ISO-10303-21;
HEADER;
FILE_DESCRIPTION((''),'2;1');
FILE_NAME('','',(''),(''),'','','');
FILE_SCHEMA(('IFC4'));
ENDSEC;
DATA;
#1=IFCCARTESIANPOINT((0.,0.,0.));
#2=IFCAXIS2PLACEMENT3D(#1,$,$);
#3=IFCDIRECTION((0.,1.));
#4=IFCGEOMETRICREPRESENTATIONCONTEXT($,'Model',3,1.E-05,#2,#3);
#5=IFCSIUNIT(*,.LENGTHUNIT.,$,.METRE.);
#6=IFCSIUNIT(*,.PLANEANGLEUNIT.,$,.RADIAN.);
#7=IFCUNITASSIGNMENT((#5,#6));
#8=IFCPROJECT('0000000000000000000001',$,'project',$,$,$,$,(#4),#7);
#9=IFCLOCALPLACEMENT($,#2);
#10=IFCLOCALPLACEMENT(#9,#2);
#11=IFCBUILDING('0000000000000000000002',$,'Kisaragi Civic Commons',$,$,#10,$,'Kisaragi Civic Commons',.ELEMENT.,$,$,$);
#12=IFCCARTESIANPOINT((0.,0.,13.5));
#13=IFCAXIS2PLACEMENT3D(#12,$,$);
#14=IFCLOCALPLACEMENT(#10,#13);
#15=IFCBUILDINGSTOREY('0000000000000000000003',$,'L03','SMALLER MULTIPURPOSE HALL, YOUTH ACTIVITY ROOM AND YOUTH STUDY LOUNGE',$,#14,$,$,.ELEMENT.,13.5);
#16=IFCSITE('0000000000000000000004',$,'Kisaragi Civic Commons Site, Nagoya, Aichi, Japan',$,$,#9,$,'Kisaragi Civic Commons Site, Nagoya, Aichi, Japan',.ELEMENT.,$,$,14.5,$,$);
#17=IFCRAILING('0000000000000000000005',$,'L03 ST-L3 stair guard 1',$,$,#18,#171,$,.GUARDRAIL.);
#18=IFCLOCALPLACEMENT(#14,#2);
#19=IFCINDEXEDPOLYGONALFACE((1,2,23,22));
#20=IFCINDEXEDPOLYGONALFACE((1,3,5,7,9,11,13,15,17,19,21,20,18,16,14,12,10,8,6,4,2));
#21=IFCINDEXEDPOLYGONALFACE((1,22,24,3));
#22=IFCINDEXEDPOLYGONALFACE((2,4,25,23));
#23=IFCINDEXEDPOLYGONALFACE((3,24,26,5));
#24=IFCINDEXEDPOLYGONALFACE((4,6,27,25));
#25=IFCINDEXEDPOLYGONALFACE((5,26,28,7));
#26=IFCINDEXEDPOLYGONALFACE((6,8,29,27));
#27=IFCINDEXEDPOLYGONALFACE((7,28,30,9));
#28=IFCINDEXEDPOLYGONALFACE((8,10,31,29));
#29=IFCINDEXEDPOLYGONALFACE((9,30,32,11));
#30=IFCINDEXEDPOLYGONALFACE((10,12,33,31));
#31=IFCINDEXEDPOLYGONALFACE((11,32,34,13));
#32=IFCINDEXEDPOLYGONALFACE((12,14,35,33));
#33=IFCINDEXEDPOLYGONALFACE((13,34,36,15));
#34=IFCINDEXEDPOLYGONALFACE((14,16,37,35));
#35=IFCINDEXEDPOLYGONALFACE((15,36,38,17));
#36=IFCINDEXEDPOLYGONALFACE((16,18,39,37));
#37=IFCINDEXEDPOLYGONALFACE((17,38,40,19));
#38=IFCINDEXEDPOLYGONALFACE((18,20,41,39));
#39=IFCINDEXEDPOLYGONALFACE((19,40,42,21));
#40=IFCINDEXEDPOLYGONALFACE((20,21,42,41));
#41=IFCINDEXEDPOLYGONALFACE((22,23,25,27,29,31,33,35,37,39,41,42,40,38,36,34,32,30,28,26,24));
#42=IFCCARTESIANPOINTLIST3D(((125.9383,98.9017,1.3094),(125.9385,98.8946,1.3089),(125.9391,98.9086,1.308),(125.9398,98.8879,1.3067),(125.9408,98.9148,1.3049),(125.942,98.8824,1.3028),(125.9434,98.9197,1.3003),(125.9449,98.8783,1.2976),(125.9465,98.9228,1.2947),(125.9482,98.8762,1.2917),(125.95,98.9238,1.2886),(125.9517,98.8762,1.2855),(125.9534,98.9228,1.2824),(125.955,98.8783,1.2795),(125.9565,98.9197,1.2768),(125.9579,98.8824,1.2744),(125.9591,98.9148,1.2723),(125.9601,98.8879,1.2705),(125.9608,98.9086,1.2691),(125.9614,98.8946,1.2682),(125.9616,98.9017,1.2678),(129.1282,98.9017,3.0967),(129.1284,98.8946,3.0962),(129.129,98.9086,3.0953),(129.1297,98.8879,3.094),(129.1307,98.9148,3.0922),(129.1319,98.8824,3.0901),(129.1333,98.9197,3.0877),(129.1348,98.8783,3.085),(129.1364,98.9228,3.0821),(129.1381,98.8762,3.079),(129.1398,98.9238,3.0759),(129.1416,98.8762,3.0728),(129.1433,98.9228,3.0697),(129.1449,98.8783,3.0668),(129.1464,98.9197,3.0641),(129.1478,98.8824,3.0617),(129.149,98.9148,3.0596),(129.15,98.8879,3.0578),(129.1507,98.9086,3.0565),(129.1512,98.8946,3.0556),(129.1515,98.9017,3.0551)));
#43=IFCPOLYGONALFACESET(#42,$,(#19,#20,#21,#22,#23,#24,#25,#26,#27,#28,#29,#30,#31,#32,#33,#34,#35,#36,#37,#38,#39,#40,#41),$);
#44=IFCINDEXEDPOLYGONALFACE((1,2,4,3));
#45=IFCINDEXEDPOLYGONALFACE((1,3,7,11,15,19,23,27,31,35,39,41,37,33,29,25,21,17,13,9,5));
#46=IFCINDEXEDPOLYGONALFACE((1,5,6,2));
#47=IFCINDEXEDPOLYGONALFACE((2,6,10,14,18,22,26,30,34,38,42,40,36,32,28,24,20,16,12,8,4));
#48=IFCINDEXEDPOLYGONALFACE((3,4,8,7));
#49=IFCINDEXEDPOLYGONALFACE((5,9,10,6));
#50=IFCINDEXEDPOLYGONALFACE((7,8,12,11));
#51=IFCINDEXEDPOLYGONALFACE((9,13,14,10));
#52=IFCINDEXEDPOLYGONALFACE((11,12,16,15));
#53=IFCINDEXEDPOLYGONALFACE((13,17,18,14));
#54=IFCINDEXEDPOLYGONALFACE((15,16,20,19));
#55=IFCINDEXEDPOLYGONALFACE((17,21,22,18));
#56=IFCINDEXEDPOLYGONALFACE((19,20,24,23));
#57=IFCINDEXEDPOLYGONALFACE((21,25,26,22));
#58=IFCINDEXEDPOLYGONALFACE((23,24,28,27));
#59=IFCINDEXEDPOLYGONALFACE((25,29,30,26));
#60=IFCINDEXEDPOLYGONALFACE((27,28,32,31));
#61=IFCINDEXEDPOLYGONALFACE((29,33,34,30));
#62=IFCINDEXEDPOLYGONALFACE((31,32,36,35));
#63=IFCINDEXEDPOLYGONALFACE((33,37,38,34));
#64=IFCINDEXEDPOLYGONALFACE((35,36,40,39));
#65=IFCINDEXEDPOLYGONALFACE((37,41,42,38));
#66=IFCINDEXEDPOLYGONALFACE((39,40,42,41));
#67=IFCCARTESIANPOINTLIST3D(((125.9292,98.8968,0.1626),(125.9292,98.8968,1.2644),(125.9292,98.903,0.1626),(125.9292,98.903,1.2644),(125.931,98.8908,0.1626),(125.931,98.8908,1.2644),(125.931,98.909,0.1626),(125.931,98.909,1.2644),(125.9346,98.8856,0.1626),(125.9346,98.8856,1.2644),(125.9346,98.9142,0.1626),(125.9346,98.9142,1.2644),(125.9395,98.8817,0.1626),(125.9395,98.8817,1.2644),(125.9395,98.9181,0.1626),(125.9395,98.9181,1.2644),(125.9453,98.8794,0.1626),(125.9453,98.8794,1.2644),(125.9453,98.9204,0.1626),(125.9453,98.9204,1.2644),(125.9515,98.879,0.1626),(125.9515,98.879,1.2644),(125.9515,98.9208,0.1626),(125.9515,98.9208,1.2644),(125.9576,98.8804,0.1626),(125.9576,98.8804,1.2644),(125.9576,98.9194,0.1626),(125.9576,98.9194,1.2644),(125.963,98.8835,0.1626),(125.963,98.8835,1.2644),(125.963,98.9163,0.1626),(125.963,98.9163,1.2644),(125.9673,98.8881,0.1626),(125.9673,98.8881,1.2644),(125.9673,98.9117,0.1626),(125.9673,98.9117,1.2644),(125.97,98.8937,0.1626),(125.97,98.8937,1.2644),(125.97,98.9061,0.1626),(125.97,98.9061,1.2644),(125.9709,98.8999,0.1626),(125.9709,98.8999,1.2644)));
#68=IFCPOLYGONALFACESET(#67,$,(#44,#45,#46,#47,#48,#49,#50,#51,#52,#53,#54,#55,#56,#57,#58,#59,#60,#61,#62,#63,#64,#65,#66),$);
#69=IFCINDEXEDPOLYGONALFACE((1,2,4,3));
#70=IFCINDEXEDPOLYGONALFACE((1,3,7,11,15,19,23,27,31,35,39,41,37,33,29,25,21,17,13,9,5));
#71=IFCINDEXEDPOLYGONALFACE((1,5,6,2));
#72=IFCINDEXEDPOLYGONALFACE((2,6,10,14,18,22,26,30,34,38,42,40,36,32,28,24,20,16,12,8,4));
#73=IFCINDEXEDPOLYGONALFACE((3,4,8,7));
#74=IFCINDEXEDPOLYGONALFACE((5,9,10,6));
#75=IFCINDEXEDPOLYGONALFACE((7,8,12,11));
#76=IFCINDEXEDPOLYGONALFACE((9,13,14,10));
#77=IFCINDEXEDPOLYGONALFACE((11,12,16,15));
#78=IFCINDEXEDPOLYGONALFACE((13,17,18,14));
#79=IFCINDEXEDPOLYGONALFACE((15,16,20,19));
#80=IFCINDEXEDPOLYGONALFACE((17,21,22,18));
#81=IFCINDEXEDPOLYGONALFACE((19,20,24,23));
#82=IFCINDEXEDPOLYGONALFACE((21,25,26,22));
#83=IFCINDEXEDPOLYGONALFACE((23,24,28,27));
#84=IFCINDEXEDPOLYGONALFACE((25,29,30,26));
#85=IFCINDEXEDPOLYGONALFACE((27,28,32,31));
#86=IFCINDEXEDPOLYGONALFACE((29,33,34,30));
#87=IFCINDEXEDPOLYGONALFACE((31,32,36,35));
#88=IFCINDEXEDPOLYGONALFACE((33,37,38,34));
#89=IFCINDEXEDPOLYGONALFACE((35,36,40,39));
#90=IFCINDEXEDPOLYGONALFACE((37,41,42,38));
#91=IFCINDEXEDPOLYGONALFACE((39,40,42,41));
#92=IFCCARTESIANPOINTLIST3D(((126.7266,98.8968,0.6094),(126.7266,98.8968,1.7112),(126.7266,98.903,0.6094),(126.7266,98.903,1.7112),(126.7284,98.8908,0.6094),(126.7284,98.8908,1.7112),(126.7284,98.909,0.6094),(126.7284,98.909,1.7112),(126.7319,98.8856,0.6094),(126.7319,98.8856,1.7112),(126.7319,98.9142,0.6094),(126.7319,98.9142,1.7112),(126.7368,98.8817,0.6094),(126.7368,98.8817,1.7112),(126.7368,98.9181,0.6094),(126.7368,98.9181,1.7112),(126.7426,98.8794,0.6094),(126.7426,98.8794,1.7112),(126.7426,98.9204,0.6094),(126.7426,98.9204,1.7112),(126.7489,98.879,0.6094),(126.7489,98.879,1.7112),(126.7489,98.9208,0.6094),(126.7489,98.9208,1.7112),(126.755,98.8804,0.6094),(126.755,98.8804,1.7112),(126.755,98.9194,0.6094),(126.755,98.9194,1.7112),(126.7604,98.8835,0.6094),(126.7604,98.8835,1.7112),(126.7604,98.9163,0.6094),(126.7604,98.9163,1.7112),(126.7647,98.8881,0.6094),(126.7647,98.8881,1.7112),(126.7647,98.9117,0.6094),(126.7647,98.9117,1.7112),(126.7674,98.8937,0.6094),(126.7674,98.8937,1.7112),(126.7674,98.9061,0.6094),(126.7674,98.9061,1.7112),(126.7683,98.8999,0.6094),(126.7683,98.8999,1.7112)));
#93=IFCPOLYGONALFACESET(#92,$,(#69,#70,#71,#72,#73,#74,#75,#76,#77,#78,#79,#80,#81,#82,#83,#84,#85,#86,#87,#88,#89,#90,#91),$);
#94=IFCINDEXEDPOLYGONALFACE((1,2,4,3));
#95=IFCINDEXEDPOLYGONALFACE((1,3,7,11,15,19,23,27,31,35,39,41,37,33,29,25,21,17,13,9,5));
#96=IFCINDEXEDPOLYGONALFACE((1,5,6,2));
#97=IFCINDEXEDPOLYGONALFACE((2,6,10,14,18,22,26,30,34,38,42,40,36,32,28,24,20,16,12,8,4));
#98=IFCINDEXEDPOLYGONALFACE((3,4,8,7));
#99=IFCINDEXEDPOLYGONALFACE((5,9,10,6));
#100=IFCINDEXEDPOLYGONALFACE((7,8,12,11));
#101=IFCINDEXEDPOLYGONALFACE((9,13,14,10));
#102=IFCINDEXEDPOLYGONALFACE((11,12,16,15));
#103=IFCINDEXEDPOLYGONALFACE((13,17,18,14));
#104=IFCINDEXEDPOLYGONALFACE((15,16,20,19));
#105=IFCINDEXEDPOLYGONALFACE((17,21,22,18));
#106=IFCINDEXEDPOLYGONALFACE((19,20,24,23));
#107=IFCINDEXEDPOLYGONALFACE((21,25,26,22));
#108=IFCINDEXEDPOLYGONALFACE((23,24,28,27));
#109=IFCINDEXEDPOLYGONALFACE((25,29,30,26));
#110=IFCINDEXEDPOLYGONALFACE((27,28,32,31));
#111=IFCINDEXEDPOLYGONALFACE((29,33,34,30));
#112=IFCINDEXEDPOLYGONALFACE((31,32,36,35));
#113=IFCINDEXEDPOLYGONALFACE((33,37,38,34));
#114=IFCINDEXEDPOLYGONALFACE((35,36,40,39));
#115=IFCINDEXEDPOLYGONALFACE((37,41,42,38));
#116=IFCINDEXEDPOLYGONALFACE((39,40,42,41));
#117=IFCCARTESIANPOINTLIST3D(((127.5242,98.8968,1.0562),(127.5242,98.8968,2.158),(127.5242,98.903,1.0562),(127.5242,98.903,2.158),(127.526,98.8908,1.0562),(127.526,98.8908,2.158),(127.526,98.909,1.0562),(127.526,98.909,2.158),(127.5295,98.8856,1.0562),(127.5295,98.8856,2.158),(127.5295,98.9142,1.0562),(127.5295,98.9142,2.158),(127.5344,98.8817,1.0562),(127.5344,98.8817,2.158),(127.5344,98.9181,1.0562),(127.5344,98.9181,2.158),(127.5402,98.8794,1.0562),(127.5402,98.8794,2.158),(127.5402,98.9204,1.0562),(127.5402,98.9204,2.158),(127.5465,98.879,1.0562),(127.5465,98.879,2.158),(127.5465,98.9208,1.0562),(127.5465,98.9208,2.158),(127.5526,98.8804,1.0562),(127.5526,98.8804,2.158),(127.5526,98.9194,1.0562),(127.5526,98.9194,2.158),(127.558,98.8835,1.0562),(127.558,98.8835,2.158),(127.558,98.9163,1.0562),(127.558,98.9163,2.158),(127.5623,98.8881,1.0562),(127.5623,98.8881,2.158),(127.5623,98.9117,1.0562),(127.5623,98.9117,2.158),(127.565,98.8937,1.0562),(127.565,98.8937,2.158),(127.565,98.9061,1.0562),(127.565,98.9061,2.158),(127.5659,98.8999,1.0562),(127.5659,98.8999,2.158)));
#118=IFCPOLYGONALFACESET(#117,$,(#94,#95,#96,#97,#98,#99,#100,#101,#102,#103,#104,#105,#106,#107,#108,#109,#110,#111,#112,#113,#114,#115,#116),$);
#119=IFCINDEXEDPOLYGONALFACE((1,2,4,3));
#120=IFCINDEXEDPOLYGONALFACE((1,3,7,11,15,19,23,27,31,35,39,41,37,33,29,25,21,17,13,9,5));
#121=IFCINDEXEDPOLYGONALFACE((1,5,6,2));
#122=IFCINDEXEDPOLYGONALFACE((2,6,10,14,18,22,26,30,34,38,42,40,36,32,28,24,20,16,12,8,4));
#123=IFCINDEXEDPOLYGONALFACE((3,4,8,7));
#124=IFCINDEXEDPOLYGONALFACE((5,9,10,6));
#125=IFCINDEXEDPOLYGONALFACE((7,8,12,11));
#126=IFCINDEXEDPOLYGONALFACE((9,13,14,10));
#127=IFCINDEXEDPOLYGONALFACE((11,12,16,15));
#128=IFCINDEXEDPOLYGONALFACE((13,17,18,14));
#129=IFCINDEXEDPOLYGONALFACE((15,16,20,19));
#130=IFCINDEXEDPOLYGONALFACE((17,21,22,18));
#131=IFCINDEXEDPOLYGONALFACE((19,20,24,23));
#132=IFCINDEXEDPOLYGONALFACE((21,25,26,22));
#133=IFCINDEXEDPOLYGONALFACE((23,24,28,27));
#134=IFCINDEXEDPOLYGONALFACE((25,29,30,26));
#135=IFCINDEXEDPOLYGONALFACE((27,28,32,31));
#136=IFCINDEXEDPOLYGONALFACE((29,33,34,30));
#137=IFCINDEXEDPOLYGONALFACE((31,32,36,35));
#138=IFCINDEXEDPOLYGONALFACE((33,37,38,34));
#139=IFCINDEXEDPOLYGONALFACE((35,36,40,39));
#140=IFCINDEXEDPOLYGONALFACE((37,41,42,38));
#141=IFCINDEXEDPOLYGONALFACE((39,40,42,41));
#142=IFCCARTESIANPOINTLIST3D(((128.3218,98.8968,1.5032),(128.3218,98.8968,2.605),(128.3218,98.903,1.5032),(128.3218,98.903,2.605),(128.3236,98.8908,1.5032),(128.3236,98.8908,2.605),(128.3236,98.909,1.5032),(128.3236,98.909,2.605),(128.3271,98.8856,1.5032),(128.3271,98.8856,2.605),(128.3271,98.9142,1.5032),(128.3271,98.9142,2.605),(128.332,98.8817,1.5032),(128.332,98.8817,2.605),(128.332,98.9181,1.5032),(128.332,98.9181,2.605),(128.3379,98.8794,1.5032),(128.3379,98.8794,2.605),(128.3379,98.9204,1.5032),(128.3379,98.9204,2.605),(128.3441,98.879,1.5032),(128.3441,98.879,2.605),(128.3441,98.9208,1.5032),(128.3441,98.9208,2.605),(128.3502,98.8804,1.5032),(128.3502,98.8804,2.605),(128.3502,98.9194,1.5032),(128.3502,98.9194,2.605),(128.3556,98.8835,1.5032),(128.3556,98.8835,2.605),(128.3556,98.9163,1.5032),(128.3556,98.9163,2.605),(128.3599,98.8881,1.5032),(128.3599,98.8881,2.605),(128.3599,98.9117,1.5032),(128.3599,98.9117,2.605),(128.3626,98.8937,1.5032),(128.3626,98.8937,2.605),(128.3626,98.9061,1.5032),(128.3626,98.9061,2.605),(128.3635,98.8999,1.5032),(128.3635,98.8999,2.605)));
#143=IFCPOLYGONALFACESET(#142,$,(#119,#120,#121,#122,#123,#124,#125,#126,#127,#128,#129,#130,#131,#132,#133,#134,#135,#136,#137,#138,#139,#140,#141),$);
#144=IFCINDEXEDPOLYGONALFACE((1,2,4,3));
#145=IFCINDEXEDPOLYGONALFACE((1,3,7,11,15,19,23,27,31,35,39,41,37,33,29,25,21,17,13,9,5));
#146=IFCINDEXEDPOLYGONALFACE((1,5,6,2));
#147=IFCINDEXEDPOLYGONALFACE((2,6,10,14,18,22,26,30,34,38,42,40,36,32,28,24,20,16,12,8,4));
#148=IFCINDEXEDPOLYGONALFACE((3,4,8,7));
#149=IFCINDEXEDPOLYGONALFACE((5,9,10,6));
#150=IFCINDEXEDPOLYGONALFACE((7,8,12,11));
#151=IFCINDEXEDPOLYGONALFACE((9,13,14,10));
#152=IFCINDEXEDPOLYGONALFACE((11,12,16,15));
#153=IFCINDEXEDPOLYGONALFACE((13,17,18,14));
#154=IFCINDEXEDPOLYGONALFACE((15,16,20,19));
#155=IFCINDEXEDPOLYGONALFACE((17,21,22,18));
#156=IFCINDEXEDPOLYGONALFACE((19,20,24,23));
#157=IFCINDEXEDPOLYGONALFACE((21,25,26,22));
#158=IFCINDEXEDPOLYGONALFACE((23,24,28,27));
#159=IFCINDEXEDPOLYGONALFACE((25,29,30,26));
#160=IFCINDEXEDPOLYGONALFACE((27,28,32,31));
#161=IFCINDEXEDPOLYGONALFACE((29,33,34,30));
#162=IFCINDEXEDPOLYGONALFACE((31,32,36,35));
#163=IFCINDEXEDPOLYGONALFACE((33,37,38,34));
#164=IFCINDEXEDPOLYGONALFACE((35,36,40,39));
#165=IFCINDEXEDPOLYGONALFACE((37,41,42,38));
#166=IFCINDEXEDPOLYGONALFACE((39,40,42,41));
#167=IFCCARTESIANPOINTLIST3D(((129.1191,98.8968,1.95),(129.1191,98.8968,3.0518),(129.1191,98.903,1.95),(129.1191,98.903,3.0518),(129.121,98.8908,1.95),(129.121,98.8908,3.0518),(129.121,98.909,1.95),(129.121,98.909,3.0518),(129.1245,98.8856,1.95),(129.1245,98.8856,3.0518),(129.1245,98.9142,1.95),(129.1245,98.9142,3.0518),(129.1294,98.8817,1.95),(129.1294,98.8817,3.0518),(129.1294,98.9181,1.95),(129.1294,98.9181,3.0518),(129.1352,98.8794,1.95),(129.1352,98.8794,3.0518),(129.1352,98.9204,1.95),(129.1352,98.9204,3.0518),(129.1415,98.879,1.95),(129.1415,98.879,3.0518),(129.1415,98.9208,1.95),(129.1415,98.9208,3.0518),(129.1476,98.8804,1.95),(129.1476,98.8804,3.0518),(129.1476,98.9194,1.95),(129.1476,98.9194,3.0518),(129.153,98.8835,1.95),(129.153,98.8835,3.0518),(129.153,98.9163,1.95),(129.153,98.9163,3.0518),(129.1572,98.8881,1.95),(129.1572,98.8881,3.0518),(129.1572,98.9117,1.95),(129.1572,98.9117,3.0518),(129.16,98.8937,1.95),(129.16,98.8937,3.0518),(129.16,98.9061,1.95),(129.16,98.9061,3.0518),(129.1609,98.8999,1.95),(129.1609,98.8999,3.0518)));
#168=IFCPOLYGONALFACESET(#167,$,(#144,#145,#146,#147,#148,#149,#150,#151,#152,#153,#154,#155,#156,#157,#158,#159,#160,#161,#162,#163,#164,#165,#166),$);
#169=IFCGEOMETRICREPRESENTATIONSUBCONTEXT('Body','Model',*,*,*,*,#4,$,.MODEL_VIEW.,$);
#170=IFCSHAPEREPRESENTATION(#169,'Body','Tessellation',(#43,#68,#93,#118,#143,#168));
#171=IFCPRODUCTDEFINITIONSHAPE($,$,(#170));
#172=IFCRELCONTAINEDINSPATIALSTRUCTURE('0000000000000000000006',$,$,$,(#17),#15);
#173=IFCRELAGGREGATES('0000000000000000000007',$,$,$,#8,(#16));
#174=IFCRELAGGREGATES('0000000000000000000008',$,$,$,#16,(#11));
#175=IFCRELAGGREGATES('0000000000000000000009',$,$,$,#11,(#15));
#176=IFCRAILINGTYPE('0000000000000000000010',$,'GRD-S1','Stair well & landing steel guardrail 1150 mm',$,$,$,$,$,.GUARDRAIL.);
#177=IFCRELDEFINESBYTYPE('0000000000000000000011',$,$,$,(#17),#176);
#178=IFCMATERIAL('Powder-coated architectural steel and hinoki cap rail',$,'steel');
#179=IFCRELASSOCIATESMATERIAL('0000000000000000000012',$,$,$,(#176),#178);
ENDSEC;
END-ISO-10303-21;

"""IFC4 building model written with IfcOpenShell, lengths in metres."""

from ifc_helpers import new_model, si_unit, direction, frame, origin, origin_2d, place, context, subcontext, project, spatial, circle, extrude, material, type_object, element, save


model = new_model("IFC4")

# Units and contexts
model_context = context("Model", 3, precision=1e-05, world=origin(), true_north=direction((0.0, 1.0)))
body_context = subcontext(model_context, "Body", "Model", "MODEL_VIEW")
ifc_project = project(units=[si_unit("LENGTHUNIT", "METRE"), si_unit("PLANEANGLEUNIT", "RADIAN")], contexts=[model_context])

# Site, building, storey
site_placement = place(None, origin())
site = spatial("IfcSite", under=ifc_project, at=site_placement, Name="Kisaragi Civic Commons Site, Nagoya, Aichi, Japan", LongName="Kisaragi Civic Commons Site, Nagoya, Aichi, Japan", CompositionType="ELEMENT", RefElevation=14.5)
building_placement = place(site_placement, origin())
building = spatial("IfcBuilding", under=site, at=building_placement, Name="Kisaragi Civic Commons", LongName="Kisaragi Civic Commons", CompositionType="ELEMENT")
storey_placement = place(building_placement, frame((0.0, 0.0, 13.5)))
storey = spatial("IfcBuildingStorey", under=building, at=storey_placement, Name="L03", Description="SMALLER MULTIPURPOSE HALL, YOUTH ACTIVITY ROOM AND YOUTH STUDY LOUNGE", CompositionType="ELEMENT", Elevation=13.5)

# Railing
ifc_material_1 = material(Name="Powder-coated architectural steel and hinoki cap rail", Category="steel")
railing_type_1 = type_object("IfcRailingType", Name="GRD-S1", Description="Stair well & landing steel guardrail 1150 mm", PredefinedType="GUARDRAIL", material=ifc_material_1)
railing_1_placement = place(storey_placement, frame((125.95, 98.8999, 0.1626)))
element("IfcRailing", 1, at=railing_1_placement, inside=storey, type_object=railing_type_1, Name="L03 ST-L3 stair guard 1", PredefinedType="GUARDRAIL", context=body_context, shape_type="SweptSolid", body=[
    extrude(circle(Radius=0.0239, at=origin_2d()), frame((0.0, 0.0, 1.126), z_axis=(0.872391, 0.0, 0.488809), x_axis=(0.0, 1.0, 0.0)), (0.0, 0.0, 1.0), 3.6565),
    extrude(circle(Radius=0.021, at=origin_2d()), origin(), (0.0, 0.0, 1.0), 1.1018),
    extrude(circle(Radius=0.021, at=origin_2d()), frame((0.7974, 0.0, 0.4468)), (0.0, 0.0, 1.0), 1.1018),
    extrude(circle(Radius=0.021, at=origin_2d()), frame((1.595, 0.0, 0.8936)), (0.0, 0.0, 1.0), 1.1018),
    extrude(circle(Radius=0.021, at=origin_2d()), frame((2.3926, 0.0, 1.3406)), (0.0, 0.0, 1.0), 1.1018),
    extrude(circle(Radius=0.021, at=origin_2d()), frame((3.1899, 0.0, 1.7874)), (0.0, 0.0, 1.0), 1.1018),
])

save(model, "model.ifc")
